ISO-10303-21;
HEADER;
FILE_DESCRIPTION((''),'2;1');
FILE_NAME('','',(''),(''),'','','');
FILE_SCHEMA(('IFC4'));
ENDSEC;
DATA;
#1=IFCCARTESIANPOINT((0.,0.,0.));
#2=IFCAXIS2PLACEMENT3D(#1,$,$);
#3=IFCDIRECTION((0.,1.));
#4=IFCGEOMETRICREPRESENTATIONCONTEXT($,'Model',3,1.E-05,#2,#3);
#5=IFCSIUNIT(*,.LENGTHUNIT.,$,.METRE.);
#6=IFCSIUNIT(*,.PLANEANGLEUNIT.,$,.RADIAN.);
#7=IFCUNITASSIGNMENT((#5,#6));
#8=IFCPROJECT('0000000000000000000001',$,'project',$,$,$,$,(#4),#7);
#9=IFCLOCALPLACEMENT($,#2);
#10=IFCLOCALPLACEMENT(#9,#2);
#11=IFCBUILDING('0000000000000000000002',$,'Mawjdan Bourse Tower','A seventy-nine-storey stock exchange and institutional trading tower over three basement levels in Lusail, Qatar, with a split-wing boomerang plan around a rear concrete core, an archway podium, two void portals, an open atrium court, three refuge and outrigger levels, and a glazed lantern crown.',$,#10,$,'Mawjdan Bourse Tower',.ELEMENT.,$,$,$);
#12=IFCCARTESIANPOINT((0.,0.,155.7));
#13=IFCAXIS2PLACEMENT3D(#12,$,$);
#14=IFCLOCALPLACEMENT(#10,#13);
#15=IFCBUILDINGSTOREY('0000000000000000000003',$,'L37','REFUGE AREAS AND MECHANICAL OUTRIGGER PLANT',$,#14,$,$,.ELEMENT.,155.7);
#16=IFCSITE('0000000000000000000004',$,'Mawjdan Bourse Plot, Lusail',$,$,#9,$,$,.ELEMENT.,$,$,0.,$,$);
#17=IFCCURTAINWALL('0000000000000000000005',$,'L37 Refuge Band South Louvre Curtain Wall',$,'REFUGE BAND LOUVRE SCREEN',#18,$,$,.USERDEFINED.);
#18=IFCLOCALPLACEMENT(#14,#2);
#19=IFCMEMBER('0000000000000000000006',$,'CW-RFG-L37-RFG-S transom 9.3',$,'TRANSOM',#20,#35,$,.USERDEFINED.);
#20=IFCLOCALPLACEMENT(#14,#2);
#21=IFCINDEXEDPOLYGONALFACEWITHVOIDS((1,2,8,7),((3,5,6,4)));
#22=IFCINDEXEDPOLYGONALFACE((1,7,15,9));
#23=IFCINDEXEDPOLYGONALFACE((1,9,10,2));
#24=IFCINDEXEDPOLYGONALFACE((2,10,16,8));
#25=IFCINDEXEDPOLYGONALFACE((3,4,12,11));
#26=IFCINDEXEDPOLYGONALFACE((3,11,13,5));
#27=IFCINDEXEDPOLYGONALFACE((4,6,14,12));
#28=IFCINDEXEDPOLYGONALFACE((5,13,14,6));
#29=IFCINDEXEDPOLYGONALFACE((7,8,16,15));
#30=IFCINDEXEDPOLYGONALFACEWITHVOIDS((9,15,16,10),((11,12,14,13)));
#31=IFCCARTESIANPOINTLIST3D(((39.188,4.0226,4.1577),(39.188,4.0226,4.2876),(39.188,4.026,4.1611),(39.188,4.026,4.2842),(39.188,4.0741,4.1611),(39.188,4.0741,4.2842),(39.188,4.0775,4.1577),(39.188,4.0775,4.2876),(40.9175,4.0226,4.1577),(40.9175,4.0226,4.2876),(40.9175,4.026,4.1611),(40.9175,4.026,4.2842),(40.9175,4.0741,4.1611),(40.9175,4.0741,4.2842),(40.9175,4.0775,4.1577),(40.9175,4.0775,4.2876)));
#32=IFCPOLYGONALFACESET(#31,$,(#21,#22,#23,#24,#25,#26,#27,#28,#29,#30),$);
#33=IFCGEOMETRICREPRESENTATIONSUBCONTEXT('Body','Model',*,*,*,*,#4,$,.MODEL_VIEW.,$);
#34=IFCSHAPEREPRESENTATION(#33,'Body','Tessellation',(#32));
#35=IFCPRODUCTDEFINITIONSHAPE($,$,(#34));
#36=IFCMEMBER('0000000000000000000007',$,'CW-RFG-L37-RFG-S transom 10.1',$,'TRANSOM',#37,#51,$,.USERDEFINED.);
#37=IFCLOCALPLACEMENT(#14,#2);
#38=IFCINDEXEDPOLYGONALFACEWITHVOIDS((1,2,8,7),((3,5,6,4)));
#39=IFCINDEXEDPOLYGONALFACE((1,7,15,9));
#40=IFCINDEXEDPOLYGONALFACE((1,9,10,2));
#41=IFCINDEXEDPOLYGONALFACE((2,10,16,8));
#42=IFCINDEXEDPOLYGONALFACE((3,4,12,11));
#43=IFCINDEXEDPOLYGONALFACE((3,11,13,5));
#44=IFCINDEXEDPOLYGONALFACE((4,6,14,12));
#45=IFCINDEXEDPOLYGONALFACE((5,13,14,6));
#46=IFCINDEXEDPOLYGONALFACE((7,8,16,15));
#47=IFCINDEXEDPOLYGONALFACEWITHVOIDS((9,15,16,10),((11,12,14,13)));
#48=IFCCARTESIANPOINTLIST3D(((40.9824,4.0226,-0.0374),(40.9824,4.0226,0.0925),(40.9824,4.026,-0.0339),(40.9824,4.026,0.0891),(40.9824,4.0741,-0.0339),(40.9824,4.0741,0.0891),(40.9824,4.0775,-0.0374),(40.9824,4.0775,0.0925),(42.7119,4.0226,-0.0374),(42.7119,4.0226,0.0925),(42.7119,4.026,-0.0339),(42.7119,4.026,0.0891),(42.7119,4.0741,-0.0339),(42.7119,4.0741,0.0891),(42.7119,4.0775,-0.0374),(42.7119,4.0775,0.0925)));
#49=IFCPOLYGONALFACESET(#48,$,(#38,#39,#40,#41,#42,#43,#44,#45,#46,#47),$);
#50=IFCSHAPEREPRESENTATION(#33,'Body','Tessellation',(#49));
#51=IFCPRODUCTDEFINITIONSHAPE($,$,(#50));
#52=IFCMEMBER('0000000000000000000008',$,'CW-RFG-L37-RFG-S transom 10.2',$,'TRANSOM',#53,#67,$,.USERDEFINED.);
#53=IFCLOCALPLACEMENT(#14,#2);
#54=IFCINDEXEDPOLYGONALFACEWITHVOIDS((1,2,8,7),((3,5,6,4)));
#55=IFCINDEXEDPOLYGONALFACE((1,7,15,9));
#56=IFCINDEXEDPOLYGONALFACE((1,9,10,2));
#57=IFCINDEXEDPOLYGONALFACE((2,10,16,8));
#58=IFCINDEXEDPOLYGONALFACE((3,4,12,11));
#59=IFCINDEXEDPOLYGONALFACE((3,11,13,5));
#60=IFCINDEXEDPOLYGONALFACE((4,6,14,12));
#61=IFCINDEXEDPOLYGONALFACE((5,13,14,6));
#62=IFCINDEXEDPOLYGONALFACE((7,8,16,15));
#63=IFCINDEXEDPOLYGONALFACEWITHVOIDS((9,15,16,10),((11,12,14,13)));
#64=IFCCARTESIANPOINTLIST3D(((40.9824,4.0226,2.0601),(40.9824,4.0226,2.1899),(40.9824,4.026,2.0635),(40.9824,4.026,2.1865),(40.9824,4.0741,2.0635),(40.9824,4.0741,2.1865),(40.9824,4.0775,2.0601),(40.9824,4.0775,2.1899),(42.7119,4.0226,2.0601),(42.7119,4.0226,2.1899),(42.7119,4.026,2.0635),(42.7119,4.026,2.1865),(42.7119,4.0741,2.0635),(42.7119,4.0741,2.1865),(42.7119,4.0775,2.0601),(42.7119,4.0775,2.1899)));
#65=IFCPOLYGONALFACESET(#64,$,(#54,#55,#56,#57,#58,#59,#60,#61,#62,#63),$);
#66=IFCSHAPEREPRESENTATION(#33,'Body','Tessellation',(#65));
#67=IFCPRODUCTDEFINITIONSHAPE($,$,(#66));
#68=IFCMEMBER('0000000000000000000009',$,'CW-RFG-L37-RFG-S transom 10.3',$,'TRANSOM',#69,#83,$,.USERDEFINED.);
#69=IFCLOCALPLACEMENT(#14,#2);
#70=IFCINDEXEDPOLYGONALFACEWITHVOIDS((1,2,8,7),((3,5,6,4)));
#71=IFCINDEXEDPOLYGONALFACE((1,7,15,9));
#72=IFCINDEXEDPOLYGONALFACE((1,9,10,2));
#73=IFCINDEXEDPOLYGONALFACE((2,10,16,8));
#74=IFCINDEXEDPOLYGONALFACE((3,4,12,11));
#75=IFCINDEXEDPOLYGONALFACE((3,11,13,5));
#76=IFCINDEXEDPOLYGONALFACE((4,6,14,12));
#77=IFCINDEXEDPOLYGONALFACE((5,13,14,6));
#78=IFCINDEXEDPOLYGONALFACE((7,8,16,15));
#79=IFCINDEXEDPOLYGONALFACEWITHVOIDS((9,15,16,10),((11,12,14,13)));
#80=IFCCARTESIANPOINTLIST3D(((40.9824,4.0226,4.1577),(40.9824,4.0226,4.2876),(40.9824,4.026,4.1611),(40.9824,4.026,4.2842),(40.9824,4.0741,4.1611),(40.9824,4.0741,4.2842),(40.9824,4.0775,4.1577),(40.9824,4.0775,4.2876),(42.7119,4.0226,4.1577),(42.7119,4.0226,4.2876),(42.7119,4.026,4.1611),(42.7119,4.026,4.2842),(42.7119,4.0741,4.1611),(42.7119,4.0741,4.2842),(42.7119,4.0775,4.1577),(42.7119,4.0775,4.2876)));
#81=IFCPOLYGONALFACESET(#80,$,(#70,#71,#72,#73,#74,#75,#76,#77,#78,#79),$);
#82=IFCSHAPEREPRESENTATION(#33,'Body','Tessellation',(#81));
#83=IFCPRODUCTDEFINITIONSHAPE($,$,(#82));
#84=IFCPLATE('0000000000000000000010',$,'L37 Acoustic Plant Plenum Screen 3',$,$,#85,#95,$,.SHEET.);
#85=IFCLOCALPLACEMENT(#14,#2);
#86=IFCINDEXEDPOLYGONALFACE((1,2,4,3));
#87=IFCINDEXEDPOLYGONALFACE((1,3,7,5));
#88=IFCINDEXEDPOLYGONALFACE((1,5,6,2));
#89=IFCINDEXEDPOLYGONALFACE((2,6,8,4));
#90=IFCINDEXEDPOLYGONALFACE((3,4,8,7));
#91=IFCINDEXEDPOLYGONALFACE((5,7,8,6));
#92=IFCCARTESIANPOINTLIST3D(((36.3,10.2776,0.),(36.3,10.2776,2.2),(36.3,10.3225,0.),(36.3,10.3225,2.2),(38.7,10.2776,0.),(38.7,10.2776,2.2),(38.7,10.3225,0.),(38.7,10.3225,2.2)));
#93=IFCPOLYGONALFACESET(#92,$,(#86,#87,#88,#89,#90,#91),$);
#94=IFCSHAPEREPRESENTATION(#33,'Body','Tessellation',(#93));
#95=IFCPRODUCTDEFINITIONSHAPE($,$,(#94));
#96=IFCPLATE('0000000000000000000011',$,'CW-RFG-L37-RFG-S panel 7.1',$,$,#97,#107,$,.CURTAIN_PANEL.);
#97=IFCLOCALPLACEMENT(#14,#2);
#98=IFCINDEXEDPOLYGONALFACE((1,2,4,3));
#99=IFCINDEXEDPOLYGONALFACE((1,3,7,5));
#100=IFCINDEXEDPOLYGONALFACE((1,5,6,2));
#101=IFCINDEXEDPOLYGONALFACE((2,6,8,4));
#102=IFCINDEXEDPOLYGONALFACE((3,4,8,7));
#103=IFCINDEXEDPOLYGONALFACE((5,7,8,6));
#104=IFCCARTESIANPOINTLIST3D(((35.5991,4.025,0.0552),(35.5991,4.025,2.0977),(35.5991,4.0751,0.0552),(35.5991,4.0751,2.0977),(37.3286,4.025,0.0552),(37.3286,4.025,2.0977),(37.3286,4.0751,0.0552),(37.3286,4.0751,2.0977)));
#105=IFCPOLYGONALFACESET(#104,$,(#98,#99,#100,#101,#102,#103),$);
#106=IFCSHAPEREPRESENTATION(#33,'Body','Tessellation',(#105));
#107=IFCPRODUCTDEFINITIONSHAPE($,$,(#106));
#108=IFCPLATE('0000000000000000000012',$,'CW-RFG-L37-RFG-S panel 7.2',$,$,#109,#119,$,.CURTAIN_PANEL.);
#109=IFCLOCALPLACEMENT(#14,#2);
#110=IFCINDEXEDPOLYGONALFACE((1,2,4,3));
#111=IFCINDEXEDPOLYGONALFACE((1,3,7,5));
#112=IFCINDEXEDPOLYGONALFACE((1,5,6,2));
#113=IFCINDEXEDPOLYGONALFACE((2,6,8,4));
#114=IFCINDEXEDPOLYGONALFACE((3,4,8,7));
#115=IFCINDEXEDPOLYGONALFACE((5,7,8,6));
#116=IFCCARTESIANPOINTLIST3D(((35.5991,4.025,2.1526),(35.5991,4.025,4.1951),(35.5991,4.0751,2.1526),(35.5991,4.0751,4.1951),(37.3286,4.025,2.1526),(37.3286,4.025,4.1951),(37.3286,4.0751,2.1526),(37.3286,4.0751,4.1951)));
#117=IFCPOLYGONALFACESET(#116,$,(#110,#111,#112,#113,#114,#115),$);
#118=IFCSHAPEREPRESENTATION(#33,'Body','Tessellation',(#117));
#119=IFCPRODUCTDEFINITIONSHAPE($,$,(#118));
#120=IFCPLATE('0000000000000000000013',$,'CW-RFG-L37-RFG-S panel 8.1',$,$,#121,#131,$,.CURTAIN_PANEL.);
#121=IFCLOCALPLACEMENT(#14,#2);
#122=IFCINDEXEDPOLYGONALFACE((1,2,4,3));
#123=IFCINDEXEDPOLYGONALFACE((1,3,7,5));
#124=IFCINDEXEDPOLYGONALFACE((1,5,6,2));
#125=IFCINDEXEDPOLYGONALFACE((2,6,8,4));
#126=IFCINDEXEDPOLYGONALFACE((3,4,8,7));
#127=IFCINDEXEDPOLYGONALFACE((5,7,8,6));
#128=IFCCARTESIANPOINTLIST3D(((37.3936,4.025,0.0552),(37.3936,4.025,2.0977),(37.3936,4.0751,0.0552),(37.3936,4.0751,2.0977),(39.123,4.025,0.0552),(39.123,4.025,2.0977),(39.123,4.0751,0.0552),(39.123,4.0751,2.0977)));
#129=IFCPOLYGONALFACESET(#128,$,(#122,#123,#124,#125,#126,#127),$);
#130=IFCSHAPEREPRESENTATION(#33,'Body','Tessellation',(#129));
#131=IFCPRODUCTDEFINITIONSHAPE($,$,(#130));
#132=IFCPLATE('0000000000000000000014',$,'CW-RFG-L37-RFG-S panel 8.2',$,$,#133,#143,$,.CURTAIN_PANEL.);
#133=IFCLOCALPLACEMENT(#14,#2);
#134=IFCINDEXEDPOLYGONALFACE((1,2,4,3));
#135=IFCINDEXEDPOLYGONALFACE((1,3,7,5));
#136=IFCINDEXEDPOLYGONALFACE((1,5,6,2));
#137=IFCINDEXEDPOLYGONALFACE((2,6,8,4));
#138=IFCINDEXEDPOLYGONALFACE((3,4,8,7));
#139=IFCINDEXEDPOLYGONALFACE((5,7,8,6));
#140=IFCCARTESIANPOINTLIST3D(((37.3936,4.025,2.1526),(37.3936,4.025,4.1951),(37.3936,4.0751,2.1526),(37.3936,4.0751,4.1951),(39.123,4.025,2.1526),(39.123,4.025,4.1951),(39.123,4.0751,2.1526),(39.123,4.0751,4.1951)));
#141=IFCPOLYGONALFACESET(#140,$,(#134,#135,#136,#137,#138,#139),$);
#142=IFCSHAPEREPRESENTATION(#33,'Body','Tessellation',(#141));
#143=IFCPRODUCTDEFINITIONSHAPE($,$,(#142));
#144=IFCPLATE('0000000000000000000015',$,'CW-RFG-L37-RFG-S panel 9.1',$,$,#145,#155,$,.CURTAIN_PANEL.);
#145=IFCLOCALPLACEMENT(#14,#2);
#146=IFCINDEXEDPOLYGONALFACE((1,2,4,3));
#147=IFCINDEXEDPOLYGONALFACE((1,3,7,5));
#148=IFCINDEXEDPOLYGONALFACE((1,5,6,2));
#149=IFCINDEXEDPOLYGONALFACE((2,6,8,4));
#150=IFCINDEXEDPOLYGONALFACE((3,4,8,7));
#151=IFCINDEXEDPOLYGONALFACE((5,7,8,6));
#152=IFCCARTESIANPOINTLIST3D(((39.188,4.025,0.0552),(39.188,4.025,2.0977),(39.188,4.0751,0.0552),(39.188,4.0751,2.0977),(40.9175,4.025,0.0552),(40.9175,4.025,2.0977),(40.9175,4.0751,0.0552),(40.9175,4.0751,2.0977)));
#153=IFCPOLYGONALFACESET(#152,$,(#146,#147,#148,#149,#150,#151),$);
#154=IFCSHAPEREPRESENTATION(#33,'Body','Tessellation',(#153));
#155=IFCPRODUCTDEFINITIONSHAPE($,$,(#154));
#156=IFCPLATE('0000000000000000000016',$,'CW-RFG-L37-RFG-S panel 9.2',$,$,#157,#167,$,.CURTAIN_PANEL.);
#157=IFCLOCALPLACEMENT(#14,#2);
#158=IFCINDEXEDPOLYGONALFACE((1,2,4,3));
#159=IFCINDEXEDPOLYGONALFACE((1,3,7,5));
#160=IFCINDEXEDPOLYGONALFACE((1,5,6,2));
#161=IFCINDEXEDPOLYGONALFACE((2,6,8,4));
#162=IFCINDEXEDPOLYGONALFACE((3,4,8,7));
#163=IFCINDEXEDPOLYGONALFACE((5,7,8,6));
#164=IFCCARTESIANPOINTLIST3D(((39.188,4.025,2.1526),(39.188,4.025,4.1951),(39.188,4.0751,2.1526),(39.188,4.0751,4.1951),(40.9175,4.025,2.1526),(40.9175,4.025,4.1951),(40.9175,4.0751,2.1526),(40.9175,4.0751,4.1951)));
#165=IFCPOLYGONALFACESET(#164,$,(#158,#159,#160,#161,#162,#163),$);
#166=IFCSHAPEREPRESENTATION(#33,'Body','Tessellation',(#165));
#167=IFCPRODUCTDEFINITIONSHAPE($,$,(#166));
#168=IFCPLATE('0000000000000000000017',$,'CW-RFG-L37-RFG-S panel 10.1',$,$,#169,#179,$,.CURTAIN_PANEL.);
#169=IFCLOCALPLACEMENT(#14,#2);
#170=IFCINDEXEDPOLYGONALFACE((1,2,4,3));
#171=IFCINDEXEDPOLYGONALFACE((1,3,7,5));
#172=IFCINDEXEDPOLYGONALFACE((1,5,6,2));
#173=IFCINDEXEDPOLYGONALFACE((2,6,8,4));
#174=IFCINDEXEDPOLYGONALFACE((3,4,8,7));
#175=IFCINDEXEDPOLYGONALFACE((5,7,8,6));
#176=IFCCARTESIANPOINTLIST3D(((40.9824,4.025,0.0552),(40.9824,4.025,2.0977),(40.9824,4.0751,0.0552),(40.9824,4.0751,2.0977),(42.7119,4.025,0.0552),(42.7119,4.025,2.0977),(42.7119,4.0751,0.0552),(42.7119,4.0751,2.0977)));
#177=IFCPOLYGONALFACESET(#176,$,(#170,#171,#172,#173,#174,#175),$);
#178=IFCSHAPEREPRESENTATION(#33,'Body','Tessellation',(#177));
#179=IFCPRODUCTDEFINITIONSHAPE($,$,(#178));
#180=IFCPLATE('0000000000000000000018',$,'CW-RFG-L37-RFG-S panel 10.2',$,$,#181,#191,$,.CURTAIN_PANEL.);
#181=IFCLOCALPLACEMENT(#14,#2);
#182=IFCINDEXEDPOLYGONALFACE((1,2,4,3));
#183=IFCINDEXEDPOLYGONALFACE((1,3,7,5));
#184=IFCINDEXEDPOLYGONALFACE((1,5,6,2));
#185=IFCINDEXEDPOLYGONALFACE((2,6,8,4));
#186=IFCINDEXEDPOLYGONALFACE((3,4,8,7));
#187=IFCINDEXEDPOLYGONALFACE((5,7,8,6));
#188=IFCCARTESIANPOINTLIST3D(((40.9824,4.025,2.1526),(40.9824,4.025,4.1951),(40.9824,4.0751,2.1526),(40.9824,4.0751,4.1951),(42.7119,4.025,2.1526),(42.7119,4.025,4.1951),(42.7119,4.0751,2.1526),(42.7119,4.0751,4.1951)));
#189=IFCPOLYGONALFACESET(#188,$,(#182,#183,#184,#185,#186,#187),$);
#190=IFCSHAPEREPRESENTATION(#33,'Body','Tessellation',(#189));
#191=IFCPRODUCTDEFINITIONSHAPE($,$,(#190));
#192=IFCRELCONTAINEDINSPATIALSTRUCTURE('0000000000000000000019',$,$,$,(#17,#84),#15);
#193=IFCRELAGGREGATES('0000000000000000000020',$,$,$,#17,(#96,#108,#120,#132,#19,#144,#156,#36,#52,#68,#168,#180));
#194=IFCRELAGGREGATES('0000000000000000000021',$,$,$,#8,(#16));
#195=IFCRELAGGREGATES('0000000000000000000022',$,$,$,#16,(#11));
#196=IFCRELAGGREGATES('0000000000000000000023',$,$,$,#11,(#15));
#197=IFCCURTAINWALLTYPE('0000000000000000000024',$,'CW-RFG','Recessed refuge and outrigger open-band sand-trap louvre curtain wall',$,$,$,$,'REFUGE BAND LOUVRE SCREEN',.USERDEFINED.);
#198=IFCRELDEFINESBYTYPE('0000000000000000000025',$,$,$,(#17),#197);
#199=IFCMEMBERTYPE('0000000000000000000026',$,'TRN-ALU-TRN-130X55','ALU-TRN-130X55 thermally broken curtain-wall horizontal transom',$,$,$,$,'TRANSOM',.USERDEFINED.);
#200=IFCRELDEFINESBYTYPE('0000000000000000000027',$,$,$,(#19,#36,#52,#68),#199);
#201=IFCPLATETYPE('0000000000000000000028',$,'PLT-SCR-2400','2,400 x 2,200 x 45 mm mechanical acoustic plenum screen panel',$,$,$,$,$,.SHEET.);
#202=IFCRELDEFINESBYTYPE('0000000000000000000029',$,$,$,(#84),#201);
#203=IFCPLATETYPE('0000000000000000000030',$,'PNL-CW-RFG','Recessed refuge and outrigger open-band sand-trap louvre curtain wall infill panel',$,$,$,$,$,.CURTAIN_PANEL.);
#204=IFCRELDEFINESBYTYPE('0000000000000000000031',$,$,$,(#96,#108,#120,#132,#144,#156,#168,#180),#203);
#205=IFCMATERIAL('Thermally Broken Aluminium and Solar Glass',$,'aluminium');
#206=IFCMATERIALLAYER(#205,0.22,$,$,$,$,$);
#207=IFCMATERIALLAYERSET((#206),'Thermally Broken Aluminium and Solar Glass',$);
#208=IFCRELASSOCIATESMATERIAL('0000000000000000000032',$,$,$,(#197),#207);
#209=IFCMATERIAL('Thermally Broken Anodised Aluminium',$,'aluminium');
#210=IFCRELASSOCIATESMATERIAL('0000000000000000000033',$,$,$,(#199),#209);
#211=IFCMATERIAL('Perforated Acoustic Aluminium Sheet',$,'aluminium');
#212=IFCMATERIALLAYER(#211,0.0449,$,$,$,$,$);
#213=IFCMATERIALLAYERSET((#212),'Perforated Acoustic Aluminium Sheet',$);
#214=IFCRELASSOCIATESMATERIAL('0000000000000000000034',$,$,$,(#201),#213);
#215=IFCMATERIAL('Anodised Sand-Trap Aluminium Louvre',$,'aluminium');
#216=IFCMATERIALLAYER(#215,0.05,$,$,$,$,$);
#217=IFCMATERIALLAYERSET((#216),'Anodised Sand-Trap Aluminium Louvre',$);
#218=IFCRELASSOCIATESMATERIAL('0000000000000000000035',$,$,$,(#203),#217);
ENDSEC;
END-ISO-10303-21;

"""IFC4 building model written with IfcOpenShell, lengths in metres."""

from ifc_helpers import new_model, si_unit, direction, frame, origin, origin_2d, place, context, subcontext, project, spatial, rectangle, hollow_rectangle, extrude, material, layer, layer_set, material_profile, profile_set, type_object, element, aggregate, save


model = new_model("IFC4")

# Units and contexts
model_context = context("Model", 3, precision=1e-05, world=origin(), true_north=direction((0.0, 1.0)))
body_context = subcontext(model_context, "Body", "Model", "MODEL_VIEW")
ifc_project = project(units=[si_unit("LENGTHUNIT", "METRE"), si_unit("PLANEANGLEUNIT", "RADIAN")], contexts=[model_context])

# Site, building, storey
site_placement = place(None, origin())
site = spatial("IfcSite", under=ifc_project, at=site_placement, Name="Mawjdan Bourse Plot, Lusail", CompositionType="ELEMENT", RefElevation=0.0)
building_placement = place(site_placement, origin())
building = spatial("IfcBuilding", under=site, at=building_placement, Name="Mawjdan Bourse Tower", Description="A seventy-nine-storey stock exchange and institutional trading tower over three basement levels in Lusail, Qatar, with a split-wing boomerang plan around a rear concrete core, an archway podium, two void portals, an open atrium court, three refuge and outrigger levels, and a glazed lantern crown.", LongName="Mawjdan Bourse Tower", CompositionType="ELEMENT")
storey_placement = place(building_placement, frame((0.0, 0.0, 155.7)))
storey = spatial("IfcBuildingStorey", under=building, at=storey_placement, Name="L37", Description="REFUGE AREAS AND MECHANICAL OUTRIGGER PLANT", CompositionType="ELEMENT", Elevation=155.7)

# Curtain wall
ifc_material_1 = material(Name="Thermally Broken Aluminium and Solar Glass", Category="aluminium")
ifc_layer_1 = layer(ifc_material_1, 0.22)
ifc_layer_set_1 = layer_set([ifc_layer_1], Name="Thermally Broken Aluminium and Solar Glass")
curtain_wall_type = type_object("IfcCurtainWallType", Name="CW-RFG", Description="Recessed refuge and outrigger open-band sand-trap louvre curtain wall", ElementType="REFUGE BAND LOUVRE SCREEN", PredefinedType="USERDEFINED", material=ifc_layer_set_1)
curtain_wall_placement = place(storey_placement, origin())
curtain_wall = element("IfcCurtainWall", 1, at=curtain_wall_placement, inside=storey, type_object=curtain_wall_type, Name="L37 Refuge Band South Louvre Curtain Wall", ObjectType="REFUGE BAND LOUVRE SCREEN", PredefinedType="USERDEFINED")
ifc_material_2 = material(Name="Thermally Broken Anodised Aluminium", Category="aluminium")

# Members
ifc_material_profile_1 = material_profile(ifc_material_2, hollow_rectangle(XDim=0.0549, YDim=0.1299, WallThickness=0.0034, at=origin_2d()), Name="ALU-TRN-130X55")
ifc_profile_set_1 = profile_set([ifc_material_profile_1], Name="Thermally Broken Anodised Aluminium")
member_type_1 = type_object("IfcMemberType", Name="TRN-ALU-TRN-130X55", Description="ALU-TRN-130X55 thermally broken curtain-wall horizontal transom", ElementType="TRANSOM", PredefinedType="USERDEFINED", material=ifc_profile_set_1)
member_1_placement = place(storey_placement, frame((39.188, 4.05, 4.2227), z_axis=(1.0, 0.0, 0.0), x_axis=(0.0, 1.0, 0.0)))
member_1 = element("IfcMember", 2, at=member_1_placement, type_object=member_type_1, Name="CW-RFG-L37-RFG-S transom 9.3", ObjectType="TRANSOM", PredefinedType="USERDEFINED", context=body_context, shape_type="SweptSolid", body=[
    extrude(hollow_rectangle(XDim=0.0549, YDim=0.1299, WallThickness=0.0034, at=origin_2d()), origin(), (0.0, 0.0, 1.0), 1.7295),
])
member_2_placement = place(storey_placement, frame((40.9824, 4.05, 0.0276), z_axis=(1.0, 0.0, 0.0), x_axis=(0.0, 1.0, 0.0)))
member_2 = element("IfcMember", 3, at=member_2_placement, type_object=member_type_1, Name="CW-RFG-L37-RFG-S transom 10.1", ObjectType="TRANSOM", PredefinedType="USERDEFINED", context=body_context, shape_type="SweptSolid", body=[
    extrude(hollow_rectangle(XDim=0.0549, YDim=0.1299, WallThickness=0.0034, at=origin_2d()), origin(), (0.0, 0.0, 1.0), 1.7295),
])
member_3_placement = place(storey_placement, frame((40.9824, 4.05, 2.125), z_axis=(1.0, 0.0, 0.0), x_axis=(0.0, 1.0, 0.0)))
member_3 = element("IfcMember", 4, at=member_3_placement, type_object=member_type_1, Name="CW-RFG-L37-RFG-S transom 10.2", ObjectType="TRANSOM", PredefinedType="USERDEFINED", context=body_context, shape_type="SweptSolid", body=[
    extrude(hollow_rectangle(XDim=0.0549, YDim=0.1299, WallThickness=0.0034, at=origin_2d()), origin(), (0.0, 0.0, 1.0), 1.7295),
])
member_4_placement = place(storey_placement, frame((40.9824, 4.05, 4.2227), z_axis=(1.0, 0.0, 0.0), x_axis=(0.0, 1.0, 0.0)))
member_4 = element("IfcMember", 5, at=member_4_placement, type_object=member_type_1, Name="CW-RFG-L37-RFG-S transom 10.3", ObjectType="TRANSOM", PredefinedType="USERDEFINED", context=body_context, shape_type="SweptSolid", body=[
    extrude(hollow_rectangle(XDim=0.0549, YDim=0.1299, WallThickness=0.0034, at=origin_2d()), origin(), (0.0, 0.0, 1.0), 1.7295),
])

# Plates
ifc_material_3 = material(Name="Perforated Acoustic Aluminium Sheet", Category="aluminium")
ifc_layer_2 = layer(ifc_material_3, 0.0449)
ifc_layer_set_2 = layer_set([ifc_layer_2], Name="Perforated Acoustic Aluminium Sheet")
plate_type_1 = type_object("IfcPlateType", Name="PLT-SCR-2400", Description="2,400 x 2,200 x 45 mm mechanical acoustic plenum screen panel", PredefinedType="SHEET", material=ifc_layer_set_2)
plate_1_placement = place(storey_placement, frame((37.5, 10.3, 0.0), z_axis=(0.0, 0.0, 1.0), x_axis=(1.0, 0.0, 0.0)))
element("IfcPlate", 6, at=plate_1_placement, inside=storey, type_object=plate_type_1, Name="L37 Acoustic Plant Plenum Screen 3", PredefinedType="SHEET", context=body_context, shape_type="SweptSolid", body=[
    extrude(rectangle(XDim=2.3999, YDim=0.0449, at=origin_2d()), origin(), (0.0, 0.0, 1.0), 2.2),
])
ifc_material_4 = material(Name="Anodised Sand-Trap Aluminium Louvre", Category="aluminium")
ifc_layer_3 = layer(ifc_material_4, 0.05)
ifc_layer_set_3 = layer_set([ifc_layer_3], Name="Anodised Sand-Trap Aluminium Louvre")
plate_type_2 = type_object("IfcPlateType", Name="PNL-CW-RFG", Description="Recessed refuge and outrigger open-band sand-trap louvre curtain wall infill panel", PredefinedType="CURTAIN_PANEL", material=ifc_layer_set_3)
plate_2_placement = place(storey_placement, frame((36.4639, 4.05, 0.0552), z_axis=(0.0, 0.0, 1.0), x_axis=(1.0, 0.0, 0.0)))
plate_2 = element("IfcPlate", 7, at=plate_2_placement, type_object=plate_type_2, Name="CW-RFG-L37-RFG-S panel 7.1", PredefinedType="CURTAIN_PANEL", context=body_context, shape_type="SweptSolid", body=[
    extrude(rectangle(XDim=1.7295, YDim=0.05, at=origin_2d()), origin(), (0.0, 0.0, 1.0), 2.0425),
])
plate_3_placement = place(storey_placement, frame((36.4639, 4.05, 2.1526), z_axis=(0.0, 0.0, 1.0), x_axis=(1.0, 0.0, 0.0)))
plate_3 = element("IfcPlate", 8, at=plate_3_placement, type_object=plate_type_2, Name="CW-RFG-L37-RFG-S panel 7.2", PredefinedType="CURTAIN_PANEL", context=body_context, shape_type="SweptSolid", body=[
    extrude(rectangle(XDim=1.7295, YDim=0.05, at=origin_2d()), origin(), (0.0, 0.0, 1.0), 2.0425),
])
plate_4_placement = place(storey_placement, frame((38.2583, 4.05, 0.0552), z_axis=(0.0, 0.0, 1.0), x_axis=(1.0, 0.0, 0.0)))
plate_4 = element("IfcPlate", 9, at=plate_4_placement, type_object=plate_type_2, Name="CW-RFG-L37-RFG-S panel 8.1", PredefinedType="CURTAIN_PANEL", context=body_context, shape_type="SweptSolid", body=[
    extrude(rectangle(XDim=1.7295, YDim=0.05, at=origin_2d()), origin(), (0.0, 0.0, 1.0), 2.0425),
])
plate_5_placement = place(storey_placement, frame((38.2583, 4.05, 2.1526), z_axis=(0.0, 0.0, 1.0), x_axis=(1.0, 0.0, 0.0)))
plate_5 = element("IfcPlate", 10, at=plate_5_placement, type_object=plate_type_2, Name="CW-RFG-L37-RFG-S panel 8.2", PredefinedType="CURTAIN_PANEL", context=body_context, shape_type="SweptSolid", body=[
    extrude(rectangle(XDim=1.7295, YDim=0.05, at=origin_2d()), origin(), (0.0, 0.0, 1.0), 2.0425),
])
plate_6_placement = place(storey_placement, frame((40.0527, 4.05, 0.0552), z_axis=(0.0, 0.0, 1.0), x_axis=(1.0, 0.0, 0.0)))
plate_6 = element("IfcPlate", 11, at=plate_6_placement, type_object=plate_type_2, Name="CW-RFG-L37-RFG-S panel 9.1", PredefinedType="CURTAIN_PANEL", context=body_context, shape_type="SweptSolid", body=[
    extrude(rectangle(XDim=1.7295, YDim=0.05, at=origin_2d()), origin(), (0.0, 0.0, 1.0), 2.0425),
])
plate_7_placement = place(storey_placement, frame((40.0527, 4.05, 2.1526), z_axis=(0.0, 0.0, 1.0), x_axis=(1.0, 0.0, 0.0)))
plate_7 = element("IfcPlate", 12, at=plate_7_placement, type_object=plate_type_2, Name="CW-RFG-L37-RFG-S panel 9.2", PredefinedType="CURTAIN_PANEL", context=body_context, shape_type="SweptSolid", body=[
    extrude(rectangle(XDim=1.7295, YDim=0.05, at=origin_2d()), origin(), (0.0, 0.0, 1.0), 2.0425),
])
plate_8_placement = place(storey_placement, frame((41.8472, 4.05, 0.0552), z_axis=(0.0, 0.0, 1.0), x_axis=(1.0, 0.0, 0.0)))
plate_8 = element("IfcPlate", 13, at=plate_8_placement, type_object=plate_type_2, Name="CW-RFG-L37-RFG-S panel 10.1", PredefinedType="CURTAIN_PANEL", context=body_context, shape_type="SweptSolid", body=[
    extrude(rectangle(XDim=1.7295, YDim=0.05, at=origin_2d()), origin(), (0.0, 0.0, 1.0), 2.0425),
])
plate_9_placement = place(storey_placement, frame((41.8472, 4.05, 2.1526), z_axis=(0.0, 0.0, 1.0), x_axis=(1.0, 0.0, 0.0)))
plate_9 = element("IfcPlate", 14, at=plate_9_placement, type_object=plate_type_2, Name="CW-RFG-L37-RFG-S panel 10.2", PredefinedType="CURTAIN_PANEL", context=body_context, shape_type="SweptSolid", body=[
    extrude(rectangle(XDim=1.7295, YDim=0.05, at=origin_2d()), origin(), (0.0, 0.0, 1.0), 2.0425),
])
aggregate(curtain_wall, [plate_2, plate_3, plate_4, plate_5, member_1, plate_6, plate_7, member_2, member_3, member_4, plate_8, plate_9])

save(model, "model.ifc")
